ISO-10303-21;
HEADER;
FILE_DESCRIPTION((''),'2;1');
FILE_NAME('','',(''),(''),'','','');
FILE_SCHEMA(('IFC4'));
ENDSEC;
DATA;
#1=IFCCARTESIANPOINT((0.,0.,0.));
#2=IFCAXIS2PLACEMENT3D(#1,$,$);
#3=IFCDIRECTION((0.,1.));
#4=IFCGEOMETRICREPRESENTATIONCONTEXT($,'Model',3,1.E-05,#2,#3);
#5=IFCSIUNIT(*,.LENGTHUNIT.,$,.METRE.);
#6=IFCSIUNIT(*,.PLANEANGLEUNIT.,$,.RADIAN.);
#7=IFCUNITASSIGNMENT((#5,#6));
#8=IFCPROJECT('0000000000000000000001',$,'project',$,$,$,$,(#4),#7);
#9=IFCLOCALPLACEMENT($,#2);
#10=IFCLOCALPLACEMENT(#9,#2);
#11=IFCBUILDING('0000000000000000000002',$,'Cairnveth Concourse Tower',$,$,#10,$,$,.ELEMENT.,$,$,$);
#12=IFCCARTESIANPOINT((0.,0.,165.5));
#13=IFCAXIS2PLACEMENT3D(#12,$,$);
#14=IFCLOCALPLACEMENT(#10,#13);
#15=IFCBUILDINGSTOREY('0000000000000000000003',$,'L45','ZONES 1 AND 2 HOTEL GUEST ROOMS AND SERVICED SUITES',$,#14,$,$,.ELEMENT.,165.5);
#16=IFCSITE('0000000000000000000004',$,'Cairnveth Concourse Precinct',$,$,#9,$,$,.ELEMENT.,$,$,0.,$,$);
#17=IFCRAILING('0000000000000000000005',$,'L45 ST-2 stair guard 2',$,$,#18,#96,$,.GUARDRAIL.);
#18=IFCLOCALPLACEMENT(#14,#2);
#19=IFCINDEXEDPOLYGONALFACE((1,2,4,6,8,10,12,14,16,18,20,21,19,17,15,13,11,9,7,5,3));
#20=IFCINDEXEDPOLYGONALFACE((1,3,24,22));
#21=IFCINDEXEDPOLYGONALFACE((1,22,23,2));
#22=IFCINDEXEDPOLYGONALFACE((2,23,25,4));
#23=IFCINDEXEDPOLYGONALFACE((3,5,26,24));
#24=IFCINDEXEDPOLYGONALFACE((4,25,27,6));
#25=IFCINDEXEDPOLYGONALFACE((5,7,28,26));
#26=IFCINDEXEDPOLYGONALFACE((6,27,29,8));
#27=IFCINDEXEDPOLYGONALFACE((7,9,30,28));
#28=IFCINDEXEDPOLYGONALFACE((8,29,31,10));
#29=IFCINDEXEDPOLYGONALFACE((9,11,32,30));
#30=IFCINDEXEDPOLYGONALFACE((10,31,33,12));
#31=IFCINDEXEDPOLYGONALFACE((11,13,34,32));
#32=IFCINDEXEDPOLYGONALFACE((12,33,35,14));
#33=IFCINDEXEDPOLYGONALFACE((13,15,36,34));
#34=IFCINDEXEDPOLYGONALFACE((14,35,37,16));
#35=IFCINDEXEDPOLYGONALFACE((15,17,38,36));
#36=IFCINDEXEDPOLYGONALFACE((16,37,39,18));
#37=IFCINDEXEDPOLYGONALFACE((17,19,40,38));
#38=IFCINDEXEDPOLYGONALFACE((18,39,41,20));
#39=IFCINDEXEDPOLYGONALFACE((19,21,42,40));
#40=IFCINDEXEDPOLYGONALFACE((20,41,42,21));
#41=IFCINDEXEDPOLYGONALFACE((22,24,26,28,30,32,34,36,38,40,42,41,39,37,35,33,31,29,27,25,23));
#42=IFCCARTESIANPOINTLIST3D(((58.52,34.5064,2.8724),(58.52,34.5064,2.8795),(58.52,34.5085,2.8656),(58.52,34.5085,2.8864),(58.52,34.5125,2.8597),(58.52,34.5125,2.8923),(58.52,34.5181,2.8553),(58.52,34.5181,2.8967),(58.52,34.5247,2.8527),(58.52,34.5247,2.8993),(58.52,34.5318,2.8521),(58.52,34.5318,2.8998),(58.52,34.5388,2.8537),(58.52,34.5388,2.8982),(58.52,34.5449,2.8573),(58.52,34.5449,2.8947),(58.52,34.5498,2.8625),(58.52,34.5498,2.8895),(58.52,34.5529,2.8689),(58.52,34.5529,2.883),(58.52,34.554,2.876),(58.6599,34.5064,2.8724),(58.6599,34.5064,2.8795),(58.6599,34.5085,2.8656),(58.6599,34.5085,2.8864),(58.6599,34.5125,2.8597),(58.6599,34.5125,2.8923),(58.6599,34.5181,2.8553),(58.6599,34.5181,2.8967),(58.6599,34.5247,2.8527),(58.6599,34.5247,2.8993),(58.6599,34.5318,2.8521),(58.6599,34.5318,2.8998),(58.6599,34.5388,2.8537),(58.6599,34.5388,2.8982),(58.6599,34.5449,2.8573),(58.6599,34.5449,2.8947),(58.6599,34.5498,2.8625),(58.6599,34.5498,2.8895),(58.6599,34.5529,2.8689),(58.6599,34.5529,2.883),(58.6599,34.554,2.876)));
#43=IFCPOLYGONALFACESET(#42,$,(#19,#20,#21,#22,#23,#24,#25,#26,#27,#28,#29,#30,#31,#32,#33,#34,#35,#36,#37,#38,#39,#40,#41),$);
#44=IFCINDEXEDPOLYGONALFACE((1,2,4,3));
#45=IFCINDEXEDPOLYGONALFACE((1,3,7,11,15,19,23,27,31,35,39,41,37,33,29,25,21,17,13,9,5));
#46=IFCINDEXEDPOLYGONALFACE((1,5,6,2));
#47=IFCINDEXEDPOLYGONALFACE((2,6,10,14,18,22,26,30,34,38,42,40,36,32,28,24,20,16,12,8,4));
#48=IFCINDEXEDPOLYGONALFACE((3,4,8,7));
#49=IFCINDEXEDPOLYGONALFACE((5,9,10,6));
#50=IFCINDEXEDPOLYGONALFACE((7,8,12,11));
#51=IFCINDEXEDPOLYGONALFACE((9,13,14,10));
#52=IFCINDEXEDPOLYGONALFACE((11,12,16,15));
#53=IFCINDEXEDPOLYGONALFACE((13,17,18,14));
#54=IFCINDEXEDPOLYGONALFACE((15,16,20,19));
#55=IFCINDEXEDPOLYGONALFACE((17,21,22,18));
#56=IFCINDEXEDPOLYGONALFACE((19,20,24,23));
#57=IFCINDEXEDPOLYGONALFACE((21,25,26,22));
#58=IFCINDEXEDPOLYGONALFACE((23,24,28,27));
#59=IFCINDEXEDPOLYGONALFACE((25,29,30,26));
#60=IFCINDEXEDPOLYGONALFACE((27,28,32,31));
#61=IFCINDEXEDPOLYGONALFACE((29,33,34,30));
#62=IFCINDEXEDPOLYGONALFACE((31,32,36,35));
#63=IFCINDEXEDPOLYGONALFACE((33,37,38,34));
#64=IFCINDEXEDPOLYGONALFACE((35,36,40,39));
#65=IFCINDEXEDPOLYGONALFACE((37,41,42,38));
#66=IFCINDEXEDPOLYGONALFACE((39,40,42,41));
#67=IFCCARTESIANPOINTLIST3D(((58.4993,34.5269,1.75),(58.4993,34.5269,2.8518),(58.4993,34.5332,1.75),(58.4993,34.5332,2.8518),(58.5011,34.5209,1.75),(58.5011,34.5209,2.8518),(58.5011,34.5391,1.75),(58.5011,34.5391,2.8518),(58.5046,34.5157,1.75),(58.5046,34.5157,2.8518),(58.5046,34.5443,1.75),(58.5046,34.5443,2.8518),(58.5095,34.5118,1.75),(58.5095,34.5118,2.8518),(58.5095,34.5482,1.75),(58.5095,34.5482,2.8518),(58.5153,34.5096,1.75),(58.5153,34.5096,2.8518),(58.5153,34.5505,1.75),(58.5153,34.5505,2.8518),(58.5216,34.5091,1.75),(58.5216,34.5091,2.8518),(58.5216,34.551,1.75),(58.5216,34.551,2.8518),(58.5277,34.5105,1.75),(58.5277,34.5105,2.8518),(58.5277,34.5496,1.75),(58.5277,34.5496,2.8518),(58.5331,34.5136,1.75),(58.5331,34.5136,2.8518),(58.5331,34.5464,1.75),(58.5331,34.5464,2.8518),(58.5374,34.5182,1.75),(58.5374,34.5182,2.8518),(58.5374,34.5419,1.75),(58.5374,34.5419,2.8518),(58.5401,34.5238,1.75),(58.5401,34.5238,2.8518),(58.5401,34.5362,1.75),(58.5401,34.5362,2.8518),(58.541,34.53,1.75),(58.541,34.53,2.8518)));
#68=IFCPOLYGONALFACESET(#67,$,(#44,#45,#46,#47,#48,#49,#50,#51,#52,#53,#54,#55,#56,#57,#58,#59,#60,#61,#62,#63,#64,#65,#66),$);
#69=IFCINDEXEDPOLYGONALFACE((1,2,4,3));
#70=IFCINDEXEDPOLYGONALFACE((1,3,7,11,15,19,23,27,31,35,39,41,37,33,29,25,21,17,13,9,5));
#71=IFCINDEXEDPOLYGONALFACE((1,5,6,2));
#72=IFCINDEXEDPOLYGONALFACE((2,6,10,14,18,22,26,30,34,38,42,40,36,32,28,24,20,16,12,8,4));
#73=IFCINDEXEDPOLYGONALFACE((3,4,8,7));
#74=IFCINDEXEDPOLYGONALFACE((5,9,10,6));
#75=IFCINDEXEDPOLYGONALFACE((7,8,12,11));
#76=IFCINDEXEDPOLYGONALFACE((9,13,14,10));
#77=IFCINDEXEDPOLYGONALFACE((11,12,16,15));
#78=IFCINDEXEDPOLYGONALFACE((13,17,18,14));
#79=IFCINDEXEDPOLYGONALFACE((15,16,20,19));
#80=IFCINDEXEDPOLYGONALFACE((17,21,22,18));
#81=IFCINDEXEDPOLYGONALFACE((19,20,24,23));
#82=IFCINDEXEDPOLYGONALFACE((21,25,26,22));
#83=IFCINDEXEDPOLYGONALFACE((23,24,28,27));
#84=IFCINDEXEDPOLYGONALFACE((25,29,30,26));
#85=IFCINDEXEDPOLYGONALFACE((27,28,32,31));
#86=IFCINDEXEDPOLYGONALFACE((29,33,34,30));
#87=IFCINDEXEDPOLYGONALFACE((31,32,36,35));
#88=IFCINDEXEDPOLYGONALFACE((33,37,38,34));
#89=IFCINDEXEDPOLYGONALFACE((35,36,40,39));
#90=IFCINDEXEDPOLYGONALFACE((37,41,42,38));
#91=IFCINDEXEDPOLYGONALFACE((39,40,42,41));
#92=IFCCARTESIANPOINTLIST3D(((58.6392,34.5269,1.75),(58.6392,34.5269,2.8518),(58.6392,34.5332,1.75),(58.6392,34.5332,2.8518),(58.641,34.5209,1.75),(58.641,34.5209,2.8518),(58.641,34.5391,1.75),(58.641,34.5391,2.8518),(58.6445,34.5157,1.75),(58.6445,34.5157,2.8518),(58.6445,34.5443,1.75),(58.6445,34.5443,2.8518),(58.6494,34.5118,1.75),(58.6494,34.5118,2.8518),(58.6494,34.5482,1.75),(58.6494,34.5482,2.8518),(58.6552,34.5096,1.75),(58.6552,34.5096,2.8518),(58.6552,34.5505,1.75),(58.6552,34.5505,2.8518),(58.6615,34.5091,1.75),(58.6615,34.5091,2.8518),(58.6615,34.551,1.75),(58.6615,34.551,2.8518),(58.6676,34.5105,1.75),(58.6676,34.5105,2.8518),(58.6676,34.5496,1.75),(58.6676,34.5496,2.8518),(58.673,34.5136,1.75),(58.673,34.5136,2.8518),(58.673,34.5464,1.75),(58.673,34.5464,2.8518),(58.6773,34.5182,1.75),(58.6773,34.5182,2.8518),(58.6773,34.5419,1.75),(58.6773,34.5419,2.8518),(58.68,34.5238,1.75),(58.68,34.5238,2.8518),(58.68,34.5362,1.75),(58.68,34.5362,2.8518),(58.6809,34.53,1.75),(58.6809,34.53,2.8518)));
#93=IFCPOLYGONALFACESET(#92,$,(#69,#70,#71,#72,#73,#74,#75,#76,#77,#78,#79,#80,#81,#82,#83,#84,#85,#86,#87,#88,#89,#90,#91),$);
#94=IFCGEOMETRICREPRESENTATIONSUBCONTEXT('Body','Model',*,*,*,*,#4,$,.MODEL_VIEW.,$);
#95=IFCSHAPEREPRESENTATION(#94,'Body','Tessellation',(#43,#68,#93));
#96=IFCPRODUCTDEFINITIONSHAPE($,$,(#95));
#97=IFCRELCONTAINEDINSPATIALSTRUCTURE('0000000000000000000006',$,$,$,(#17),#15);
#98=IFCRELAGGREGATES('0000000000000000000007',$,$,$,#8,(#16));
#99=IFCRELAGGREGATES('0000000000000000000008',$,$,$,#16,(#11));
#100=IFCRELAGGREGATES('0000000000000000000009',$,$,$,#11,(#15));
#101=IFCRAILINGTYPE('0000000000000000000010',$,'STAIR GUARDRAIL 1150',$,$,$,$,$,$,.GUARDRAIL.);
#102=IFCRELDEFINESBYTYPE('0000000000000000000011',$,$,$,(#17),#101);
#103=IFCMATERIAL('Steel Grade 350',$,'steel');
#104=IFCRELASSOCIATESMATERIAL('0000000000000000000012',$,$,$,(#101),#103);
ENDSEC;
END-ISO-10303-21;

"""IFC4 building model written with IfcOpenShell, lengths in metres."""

from ifc_helpers import new_model, si_unit, direction, frame, origin, origin_2d, place, context, subcontext, project, spatial, circle, extrude, material, type_object, element, save


model = new_model("IFC4")

# Units and contexts
model_context = context("Model", 3, precision=1e-05, world=origin(), true_north=direction((0.0, 1.0)))
body_context = subcontext(model_context, "Body", "Model", "MODEL_VIEW")
ifc_project = project(units=[si_unit("LENGTHUNIT", "METRE"), si_unit("PLANEANGLEUNIT", "RADIAN")], contexts=[model_context])

# Site, building, storey
site_placement = place(None, origin())
site = spatial("IfcSite", under=ifc_project, at=site_placement, Name="Cairnveth Concourse Precinct", CompositionType="ELEMENT", RefElevation=0.0)
building_placement = place(site_placement, origin())
building = spatial("IfcBuilding", under=site, at=building_placement, Name="Cairnveth Concourse Tower", CompositionType="ELEMENT")
storey_placement = place(building_placement, frame((0.0, 0.0, 165.5)))
storey = spatial("IfcBuildingStorey", under=building, at=storey_placement, Name="L45", Description="ZONES 1 AND 2 HOTEL GUEST ROOMS AND SERVICED SUITES", CompositionType="ELEMENT", Elevation=165.5)

# Shared definitions
ifc_material_1 = material(Name="Steel Grade 350", Category="steel")

# Railing
railing_type = type_object("IfcRailingType", Name="STAIR GUARDRAIL 1150", PredefinedType="GUARDRAIL", material=ifc_material_1)
railing_placement = place(storey_placement, frame((58.52, 34.53, 1.75)))
element("IfcRailing", 1, at=railing_placement, inside=storey, type_object=railing_type, Name="L45 ST-2 stair guard 2", PredefinedType="GUARDRAIL", context=body_context, shape_type="SweptSolid", body=[
    extrude(circle(Radius=0.0239, at=origin_2d()), frame((0.0, 0.0, 1.126), z_axis=(1.0, 0.0, 0.0), x_axis=(0.0, 1.0, 0.0)), (0.0, 0.0, 1.0), 0.1399),
    extrude(circle(Radius=0.021, at=origin_2d()), origin(), (0.0, 0.0, 1.0), 1.1018),
    extrude(circle(Radius=0.021, at=origin_2d()), frame((0.1399, 0.0, 0.0)), (0.0, 0.0, 1.0), 1.1018),
])

save(model, "model.ifc")
